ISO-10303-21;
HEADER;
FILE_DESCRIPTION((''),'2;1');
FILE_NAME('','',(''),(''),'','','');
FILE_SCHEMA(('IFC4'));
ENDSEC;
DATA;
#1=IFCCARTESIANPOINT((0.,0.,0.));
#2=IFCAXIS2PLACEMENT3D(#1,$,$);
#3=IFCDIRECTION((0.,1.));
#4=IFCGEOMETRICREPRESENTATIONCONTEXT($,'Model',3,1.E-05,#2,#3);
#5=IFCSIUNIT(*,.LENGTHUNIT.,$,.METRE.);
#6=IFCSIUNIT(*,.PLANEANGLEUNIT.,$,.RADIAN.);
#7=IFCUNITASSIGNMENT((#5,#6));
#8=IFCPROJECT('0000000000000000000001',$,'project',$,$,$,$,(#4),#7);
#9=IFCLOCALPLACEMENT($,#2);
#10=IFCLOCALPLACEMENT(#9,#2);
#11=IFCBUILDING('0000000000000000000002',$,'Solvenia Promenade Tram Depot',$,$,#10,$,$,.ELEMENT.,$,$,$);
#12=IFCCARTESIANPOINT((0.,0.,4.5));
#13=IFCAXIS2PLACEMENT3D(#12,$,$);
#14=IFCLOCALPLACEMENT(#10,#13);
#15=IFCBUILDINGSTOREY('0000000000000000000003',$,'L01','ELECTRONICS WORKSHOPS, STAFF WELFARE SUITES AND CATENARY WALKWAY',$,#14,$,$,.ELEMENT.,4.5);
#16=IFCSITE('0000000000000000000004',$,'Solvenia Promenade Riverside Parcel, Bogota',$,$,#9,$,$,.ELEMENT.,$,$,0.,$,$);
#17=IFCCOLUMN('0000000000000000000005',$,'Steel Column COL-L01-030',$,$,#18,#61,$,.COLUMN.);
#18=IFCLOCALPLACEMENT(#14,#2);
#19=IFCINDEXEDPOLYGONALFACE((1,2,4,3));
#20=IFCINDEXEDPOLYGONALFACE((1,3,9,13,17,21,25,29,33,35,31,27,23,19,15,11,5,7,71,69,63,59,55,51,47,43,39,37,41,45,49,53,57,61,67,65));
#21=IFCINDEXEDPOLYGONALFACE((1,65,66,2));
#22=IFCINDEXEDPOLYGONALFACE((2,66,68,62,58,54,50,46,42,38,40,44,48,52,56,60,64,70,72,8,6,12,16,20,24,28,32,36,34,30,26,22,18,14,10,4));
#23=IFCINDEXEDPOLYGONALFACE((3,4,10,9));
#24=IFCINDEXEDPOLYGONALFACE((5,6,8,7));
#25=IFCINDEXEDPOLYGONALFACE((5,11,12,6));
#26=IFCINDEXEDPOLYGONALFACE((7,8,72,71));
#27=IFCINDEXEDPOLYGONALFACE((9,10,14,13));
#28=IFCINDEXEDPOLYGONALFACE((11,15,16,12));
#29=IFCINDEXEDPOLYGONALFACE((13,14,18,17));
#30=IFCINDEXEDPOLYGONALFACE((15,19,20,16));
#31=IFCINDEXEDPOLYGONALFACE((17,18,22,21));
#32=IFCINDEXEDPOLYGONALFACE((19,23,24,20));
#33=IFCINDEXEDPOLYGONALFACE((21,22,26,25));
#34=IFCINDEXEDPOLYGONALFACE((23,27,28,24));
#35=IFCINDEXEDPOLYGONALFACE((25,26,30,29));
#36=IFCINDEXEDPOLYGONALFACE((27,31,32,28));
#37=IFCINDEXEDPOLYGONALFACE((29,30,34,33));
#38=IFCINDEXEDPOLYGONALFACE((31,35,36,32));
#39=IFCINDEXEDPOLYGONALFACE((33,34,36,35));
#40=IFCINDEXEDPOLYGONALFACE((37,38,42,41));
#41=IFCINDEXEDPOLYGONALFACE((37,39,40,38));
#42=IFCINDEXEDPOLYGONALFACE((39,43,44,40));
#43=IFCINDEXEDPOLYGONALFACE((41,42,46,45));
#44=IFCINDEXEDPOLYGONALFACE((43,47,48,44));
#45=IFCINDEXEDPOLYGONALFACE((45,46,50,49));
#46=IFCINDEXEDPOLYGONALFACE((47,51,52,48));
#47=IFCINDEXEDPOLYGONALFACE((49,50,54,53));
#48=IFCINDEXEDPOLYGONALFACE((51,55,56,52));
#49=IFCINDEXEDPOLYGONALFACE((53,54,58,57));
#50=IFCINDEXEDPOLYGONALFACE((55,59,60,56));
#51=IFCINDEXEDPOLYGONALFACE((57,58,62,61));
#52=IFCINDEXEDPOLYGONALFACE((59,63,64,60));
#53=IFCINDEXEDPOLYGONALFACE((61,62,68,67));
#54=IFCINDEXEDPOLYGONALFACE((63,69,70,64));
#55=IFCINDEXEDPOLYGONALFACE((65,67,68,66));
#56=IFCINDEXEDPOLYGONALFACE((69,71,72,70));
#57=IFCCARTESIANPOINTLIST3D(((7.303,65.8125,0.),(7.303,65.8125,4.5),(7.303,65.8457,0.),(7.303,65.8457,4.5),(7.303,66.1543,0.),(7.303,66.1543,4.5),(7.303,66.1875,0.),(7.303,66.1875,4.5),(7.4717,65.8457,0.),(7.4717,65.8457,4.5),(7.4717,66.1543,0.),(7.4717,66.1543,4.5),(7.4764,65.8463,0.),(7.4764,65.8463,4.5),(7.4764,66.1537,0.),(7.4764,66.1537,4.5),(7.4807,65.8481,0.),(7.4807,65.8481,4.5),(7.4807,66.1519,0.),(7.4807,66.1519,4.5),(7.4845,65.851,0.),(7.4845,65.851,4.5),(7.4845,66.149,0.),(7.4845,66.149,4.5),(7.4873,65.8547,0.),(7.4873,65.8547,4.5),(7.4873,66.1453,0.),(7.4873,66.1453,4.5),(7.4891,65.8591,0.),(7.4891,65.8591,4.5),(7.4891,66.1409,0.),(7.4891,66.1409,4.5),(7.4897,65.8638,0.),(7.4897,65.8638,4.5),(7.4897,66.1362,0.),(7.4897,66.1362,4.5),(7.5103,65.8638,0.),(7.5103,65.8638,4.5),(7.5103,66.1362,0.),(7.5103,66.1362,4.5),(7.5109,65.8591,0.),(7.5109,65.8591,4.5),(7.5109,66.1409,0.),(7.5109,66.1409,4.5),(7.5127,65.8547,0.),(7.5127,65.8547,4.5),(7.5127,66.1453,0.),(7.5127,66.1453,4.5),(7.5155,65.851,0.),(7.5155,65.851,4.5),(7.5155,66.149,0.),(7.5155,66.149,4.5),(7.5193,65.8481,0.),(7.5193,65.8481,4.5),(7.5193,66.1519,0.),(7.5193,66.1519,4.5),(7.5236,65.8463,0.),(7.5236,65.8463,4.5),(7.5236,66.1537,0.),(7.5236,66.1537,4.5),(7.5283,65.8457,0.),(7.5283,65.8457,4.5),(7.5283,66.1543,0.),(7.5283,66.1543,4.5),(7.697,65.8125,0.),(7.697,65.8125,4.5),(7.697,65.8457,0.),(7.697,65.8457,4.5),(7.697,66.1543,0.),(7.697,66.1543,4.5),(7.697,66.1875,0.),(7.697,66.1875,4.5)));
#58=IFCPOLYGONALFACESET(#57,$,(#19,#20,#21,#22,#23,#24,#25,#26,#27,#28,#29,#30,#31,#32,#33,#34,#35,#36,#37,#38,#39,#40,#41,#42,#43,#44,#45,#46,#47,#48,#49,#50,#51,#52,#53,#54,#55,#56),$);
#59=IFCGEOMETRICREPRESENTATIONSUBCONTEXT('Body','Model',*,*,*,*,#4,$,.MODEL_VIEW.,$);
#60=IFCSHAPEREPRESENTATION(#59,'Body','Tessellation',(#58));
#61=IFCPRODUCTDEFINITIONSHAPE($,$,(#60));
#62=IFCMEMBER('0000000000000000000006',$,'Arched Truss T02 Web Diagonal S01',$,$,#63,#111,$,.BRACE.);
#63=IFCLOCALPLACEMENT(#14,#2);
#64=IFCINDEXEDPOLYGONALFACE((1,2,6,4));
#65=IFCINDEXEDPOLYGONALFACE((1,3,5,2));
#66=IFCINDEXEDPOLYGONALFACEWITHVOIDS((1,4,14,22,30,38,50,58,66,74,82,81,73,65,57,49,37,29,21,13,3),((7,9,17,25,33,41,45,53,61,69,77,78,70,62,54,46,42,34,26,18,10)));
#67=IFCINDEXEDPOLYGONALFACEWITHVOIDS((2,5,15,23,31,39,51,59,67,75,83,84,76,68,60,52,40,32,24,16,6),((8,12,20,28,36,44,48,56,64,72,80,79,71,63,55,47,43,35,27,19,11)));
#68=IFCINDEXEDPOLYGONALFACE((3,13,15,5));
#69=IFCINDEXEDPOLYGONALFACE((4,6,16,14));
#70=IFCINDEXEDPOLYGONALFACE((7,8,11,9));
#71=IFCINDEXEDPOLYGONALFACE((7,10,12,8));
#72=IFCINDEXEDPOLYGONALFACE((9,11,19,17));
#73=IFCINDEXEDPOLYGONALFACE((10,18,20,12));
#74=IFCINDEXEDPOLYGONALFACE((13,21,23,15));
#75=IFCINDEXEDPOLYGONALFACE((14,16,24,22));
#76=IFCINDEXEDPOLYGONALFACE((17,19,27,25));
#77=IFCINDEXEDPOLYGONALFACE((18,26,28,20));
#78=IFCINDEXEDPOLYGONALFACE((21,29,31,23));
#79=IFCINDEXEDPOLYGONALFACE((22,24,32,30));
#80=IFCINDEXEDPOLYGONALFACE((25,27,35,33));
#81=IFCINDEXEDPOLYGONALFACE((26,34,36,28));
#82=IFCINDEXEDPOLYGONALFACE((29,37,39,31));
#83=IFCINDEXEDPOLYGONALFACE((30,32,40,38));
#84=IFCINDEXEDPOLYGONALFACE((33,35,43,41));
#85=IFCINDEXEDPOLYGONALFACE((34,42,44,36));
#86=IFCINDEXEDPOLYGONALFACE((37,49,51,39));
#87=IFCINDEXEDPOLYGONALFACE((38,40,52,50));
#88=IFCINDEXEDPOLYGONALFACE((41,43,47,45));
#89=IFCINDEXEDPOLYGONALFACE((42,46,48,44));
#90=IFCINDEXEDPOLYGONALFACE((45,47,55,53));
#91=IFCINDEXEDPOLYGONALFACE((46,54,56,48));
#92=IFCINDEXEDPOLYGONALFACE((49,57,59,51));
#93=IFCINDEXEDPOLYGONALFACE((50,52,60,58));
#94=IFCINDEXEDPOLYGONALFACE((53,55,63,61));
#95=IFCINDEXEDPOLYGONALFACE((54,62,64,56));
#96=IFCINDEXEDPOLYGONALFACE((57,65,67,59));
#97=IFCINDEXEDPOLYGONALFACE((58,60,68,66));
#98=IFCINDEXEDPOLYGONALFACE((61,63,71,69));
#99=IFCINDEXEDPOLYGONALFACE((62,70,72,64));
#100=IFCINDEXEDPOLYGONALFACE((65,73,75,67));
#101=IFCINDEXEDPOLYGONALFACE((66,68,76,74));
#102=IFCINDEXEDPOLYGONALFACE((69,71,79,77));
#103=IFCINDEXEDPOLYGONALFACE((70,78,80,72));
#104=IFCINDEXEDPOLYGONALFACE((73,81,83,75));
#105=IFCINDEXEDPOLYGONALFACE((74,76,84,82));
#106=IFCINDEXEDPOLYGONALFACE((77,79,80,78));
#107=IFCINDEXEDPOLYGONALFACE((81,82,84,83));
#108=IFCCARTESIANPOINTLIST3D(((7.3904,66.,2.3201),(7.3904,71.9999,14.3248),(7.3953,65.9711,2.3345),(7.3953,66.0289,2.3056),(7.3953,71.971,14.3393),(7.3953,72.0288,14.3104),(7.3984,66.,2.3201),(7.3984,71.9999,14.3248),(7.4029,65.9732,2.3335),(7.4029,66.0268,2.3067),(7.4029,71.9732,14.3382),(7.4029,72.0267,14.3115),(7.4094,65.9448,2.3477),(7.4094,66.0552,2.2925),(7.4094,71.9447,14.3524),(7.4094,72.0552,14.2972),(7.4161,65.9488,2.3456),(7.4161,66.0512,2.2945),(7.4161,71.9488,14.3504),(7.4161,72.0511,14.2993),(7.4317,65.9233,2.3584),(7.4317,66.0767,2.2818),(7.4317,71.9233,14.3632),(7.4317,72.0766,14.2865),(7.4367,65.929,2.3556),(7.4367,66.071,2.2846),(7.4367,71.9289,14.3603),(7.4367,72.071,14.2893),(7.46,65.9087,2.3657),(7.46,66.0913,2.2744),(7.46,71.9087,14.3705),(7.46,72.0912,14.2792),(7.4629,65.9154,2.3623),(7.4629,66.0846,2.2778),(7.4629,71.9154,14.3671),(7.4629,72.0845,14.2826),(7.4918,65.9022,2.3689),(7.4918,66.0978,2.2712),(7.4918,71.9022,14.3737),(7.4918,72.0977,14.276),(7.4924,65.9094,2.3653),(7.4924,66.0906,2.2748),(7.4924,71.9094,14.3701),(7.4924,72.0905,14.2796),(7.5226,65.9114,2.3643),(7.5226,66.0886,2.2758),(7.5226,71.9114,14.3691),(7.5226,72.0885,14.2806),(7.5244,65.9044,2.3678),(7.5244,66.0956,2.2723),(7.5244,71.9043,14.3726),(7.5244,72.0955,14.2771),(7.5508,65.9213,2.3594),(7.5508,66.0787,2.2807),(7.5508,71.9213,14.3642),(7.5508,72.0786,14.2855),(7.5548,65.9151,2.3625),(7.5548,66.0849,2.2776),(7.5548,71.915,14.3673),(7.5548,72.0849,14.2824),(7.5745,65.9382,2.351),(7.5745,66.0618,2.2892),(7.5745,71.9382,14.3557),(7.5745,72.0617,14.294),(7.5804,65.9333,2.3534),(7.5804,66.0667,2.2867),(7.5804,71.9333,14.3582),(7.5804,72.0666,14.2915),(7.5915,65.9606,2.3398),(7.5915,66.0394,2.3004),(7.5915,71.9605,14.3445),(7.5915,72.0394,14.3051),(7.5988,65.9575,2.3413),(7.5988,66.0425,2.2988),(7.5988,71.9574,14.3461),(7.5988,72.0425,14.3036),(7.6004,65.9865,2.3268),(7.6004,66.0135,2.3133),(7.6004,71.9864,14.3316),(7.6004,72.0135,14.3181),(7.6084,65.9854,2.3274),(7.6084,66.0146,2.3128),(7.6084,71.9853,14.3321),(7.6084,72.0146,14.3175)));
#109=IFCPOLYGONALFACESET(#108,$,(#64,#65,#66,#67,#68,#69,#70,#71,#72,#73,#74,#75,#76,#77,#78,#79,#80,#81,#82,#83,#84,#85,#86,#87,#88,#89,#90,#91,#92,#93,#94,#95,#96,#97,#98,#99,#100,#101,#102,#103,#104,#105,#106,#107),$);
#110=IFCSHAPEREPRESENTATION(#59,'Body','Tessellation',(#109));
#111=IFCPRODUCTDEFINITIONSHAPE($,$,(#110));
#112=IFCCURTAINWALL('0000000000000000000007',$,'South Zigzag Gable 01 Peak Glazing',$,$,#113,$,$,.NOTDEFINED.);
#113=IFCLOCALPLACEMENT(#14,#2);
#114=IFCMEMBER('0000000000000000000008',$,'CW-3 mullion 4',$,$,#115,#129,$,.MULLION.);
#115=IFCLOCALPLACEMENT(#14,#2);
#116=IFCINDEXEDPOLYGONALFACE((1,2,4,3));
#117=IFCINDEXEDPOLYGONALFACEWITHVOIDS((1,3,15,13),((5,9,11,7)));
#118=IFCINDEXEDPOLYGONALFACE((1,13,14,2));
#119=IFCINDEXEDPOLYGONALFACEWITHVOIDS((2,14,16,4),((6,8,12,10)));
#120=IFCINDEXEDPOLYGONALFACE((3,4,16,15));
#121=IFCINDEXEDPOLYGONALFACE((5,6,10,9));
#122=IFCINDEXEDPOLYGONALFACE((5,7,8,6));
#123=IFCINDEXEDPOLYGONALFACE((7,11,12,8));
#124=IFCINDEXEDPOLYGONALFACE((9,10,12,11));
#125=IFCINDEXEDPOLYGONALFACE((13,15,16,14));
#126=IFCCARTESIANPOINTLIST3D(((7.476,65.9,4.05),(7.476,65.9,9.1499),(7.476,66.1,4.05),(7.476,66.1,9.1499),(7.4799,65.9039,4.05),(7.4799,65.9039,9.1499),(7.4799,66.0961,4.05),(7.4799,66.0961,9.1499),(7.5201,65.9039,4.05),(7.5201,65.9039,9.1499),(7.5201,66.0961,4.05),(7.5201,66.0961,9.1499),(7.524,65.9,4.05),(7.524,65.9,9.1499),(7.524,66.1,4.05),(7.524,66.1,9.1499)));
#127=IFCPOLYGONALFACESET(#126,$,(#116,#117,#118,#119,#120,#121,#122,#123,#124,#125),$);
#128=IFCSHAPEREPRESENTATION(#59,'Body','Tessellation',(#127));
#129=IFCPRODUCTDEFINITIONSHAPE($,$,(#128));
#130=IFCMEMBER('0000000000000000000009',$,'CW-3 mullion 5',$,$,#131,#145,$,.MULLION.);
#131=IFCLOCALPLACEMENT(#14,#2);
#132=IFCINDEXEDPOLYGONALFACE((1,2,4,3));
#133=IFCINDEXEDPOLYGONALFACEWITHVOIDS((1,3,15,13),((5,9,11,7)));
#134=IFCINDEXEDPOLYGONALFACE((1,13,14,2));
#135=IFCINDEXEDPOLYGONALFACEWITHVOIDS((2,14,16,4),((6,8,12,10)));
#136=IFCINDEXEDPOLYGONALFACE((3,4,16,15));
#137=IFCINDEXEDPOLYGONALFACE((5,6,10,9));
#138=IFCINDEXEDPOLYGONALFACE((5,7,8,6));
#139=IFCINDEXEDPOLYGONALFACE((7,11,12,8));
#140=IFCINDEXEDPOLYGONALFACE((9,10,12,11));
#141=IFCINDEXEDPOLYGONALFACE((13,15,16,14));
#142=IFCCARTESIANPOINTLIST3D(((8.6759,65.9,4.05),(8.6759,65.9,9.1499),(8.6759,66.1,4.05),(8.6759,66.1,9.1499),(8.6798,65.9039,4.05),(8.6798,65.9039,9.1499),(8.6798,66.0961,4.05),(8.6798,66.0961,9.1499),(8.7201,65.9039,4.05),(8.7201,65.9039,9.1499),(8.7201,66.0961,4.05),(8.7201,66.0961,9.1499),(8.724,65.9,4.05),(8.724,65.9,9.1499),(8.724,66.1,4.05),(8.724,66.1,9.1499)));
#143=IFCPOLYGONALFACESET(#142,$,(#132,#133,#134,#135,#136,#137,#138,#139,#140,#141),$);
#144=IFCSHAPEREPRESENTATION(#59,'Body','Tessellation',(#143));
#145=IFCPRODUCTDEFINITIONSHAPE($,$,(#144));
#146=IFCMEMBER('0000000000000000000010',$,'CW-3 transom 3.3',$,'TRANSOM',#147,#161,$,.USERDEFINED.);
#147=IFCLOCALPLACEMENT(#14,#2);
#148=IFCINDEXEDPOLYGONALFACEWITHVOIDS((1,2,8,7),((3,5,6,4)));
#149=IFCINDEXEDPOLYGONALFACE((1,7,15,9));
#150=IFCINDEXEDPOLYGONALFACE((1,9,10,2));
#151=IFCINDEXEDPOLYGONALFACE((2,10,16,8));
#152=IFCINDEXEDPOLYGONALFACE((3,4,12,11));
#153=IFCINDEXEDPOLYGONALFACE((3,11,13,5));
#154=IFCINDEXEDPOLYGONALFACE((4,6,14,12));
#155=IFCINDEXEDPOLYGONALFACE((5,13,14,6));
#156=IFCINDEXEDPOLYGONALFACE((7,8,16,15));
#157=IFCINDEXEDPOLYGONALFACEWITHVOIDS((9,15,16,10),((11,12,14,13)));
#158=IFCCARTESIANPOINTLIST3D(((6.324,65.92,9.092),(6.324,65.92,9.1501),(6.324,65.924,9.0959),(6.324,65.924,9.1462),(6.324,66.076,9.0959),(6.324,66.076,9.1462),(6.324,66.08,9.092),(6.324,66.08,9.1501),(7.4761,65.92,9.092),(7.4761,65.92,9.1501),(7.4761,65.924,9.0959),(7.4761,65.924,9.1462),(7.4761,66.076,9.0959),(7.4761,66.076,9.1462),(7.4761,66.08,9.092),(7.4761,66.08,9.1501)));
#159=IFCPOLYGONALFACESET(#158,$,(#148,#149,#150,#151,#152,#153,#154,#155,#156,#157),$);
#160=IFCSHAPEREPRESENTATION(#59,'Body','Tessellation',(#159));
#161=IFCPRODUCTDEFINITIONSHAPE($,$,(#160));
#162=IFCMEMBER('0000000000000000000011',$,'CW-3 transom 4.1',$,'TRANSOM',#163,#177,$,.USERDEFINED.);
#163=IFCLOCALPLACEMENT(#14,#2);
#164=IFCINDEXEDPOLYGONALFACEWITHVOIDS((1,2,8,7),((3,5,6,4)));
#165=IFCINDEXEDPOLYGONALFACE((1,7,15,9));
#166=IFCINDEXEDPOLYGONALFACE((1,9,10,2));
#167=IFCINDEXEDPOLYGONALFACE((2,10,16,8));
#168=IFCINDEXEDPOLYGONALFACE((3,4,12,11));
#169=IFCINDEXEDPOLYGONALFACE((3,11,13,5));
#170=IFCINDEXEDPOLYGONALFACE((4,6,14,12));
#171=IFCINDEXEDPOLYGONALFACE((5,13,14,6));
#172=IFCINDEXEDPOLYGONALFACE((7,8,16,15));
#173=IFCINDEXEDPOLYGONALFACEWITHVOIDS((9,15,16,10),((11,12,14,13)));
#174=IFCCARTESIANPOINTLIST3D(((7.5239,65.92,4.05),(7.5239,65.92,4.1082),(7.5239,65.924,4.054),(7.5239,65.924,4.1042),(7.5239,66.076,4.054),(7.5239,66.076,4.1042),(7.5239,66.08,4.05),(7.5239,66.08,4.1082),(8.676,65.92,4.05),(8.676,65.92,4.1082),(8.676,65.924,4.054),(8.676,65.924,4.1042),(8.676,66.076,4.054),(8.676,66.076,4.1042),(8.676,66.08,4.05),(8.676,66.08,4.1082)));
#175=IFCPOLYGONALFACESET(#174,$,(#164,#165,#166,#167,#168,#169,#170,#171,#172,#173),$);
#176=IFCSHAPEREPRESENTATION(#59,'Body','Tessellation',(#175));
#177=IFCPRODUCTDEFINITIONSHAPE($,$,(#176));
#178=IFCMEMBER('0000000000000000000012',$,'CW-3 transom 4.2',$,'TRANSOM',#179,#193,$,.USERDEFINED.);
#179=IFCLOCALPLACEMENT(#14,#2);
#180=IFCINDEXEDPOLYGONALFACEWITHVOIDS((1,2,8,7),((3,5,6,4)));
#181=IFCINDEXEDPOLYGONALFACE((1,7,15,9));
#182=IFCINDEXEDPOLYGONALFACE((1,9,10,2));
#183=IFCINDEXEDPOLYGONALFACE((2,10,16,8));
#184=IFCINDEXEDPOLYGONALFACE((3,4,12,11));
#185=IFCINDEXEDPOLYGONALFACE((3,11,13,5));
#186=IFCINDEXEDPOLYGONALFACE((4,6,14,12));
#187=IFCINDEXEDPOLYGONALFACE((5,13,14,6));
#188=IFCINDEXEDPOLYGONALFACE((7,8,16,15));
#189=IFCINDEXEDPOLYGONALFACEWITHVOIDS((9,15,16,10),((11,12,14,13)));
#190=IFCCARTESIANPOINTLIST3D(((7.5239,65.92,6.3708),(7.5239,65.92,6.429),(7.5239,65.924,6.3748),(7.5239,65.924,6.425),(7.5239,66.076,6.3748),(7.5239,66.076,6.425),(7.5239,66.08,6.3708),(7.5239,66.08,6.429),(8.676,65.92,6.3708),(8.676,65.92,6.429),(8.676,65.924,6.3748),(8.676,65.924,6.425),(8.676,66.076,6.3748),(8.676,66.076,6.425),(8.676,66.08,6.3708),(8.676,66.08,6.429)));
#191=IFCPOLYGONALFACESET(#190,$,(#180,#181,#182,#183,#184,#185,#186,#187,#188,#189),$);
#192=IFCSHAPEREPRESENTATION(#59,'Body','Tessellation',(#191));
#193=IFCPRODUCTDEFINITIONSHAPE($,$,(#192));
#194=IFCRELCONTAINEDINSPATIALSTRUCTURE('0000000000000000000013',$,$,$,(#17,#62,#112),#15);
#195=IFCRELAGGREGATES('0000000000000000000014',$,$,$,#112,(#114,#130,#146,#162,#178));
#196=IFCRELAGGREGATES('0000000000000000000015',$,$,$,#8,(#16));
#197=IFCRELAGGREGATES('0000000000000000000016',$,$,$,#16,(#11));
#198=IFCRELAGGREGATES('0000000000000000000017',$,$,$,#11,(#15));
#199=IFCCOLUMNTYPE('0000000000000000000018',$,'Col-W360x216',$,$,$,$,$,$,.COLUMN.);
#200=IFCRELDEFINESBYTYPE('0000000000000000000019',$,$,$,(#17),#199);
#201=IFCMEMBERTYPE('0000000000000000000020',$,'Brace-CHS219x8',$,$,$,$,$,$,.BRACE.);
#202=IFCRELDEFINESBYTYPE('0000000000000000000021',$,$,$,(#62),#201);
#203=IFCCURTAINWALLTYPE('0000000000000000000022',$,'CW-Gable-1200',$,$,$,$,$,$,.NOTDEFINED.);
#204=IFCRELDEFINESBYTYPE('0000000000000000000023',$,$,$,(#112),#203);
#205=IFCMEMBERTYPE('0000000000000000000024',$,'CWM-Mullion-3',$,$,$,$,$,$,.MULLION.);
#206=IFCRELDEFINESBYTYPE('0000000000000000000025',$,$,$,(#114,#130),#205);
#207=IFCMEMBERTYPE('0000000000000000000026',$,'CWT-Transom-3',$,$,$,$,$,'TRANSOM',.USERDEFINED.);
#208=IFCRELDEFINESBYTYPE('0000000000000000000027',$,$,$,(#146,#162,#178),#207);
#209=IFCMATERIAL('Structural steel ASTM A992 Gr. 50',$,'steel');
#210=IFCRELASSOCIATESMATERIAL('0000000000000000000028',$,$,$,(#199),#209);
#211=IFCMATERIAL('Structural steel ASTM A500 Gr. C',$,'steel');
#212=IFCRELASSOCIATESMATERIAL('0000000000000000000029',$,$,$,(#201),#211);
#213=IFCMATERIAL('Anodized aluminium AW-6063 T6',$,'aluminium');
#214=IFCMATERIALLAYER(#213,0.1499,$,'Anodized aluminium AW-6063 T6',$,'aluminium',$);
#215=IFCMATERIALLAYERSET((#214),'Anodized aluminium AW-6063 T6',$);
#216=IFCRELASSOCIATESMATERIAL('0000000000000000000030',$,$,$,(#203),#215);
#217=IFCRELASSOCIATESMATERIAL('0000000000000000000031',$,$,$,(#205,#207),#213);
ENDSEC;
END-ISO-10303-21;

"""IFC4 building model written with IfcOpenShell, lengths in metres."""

from ifc_helpers import new_model, si_unit, direction, frame, origin, origin_2d, place, context, subcontext, project, spatial, hollow_rectangle, hollow_circle, i_section, extrude, material, layer, layer_set, material_profile, profile_set, type_object, element, aggregate, save


model = new_model("IFC4")

# Units and contexts
model_context = context("Model", 3, precision=1e-05, world=origin(), true_north=direction((0.0, 1.0)))
body_context = subcontext(model_context, "Body", "Model", "MODEL_VIEW")
ifc_project = project(units=[si_unit("LENGTHUNIT", "METRE"), si_unit("PLANEANGLEUNIT", "RADIAN")], contexts=[model_context])

# Site, building, storey
site_placement = place(None, origin())
site = spatial("IfcSite", under=ifc_project, at=site_placement, Name="Solvenia Promenade Riverside Parcel, Bogota", CompositionType="ELEMENT", RefElevation=0.0)
building_placement = place(site_placement, origin())
building = spatial("IfcBuilding", under=site, at=building_placement, Name="Solvenia Promenade Tram Depot", CompositionType="ELEMENT")
storey_placement = place(building_placement, frame((0.0, 0.0, 4.5)))
storey = spatial("IfcBuildingStorey", under=building, at=storey_placement, Name="L01", Description="ELECTRONICS WORKSHOPS, STAFF WELFARE SUITES AND CATENARY WALKWAY", CompositionType="ELEMENT", Elevation=4.5)

# Column
ifc_material_1 = material(Name="Structural steel ASTM A992 Gr. 50", Category="steel")
ifc_material_profile_1 = material_profile(ifc_material_1, i_section(OverallWidth=0.394, OverallDepth=0.375, WebThickness=0.0205, FlangeThickness=0.0332, FilletRadius=0.0181, at=origin_2d()), Name="W360x216", Category="steel")
ifc_profile_set_1 = profile_set([ifc_material_profile_1], Name="Structural steel ASTM A992 Gr. 50")
column_type = type_object("IfcColumnType", Name="Col-W360x216", PredefinedType="COLUMN", material=ifc_profile_set_1)
column_placement = place(storey_placement, frame((7.5, 66.0, 0.0), z_axis=(0.0, 0.0, 1.0), x_axis=(1.0, 0.0, 0.0)))
element("IfcColumn", 1, at=column_placement, inside=storey, type_object=column_type, Name="Steel Column COL-L01-030", PredefinedType="COLUMN", context=body_context, shape_type="SweptSolid", body=[
    extrude(i_section(OverallWidth=0.394, OverallDepth=0.375, WebThickness=0.0205, FlangeThickness=0.0332, FilletRadius=0.0181, at=origin_2d()), origin(), (0.0, 0.0, 1.0), 4.5),
])

# Member
ifc_material_2 = material(Name="Structural steel ASTM A500 Gr. C", Category="steel")
ifc_material_profile_2 = material_profile(ifc_material_2, hollow_circle(Radius=0.1096, WallThickness=0.0081, at=origin_2d()), Name="CHS219.1x8", Category="steel")
ifc_profile_set_2 = profile_set([ifc_material_profile_2], Name="Structural steel ASTM A500 Gr. C")
member_type_1 = type_object("IfcMemberType", Name="Brace-CHS219x8", PredefinedType="BRACE", material=ifc_profile_set_2)
member_1_placement = place(storey_placement, frame((7.5, 66.0, 2.3201), z_axis=(0.0, 0.447068, 0.8945), x_axis=(-1.0, 0.0, 0.0)))
element("IfcMember", 2, at=member_1_placement, inside=storey, type_object=member_type_1, Name="Arched Truss T02 Web Diagonal S01", PredefinedType="BRACE", context=body_context, shape_type="SweptSolid", body=[
    extrude(hollow_circle(Radius=0.1096, WallThickness=0.0081, at=origin_2d()), origin(), (0.0, 0.0, 1.0), 13.4207),
])

# Curtain wall, members
ifc_material_3 = material(Name="Anodized aluminium AW-6063 T6", Category="aluminium")
ifc_layer_1 = layer(ifc_material_3, 0.1499, Name="Anodized aluminium AW-6063 T6", Category="aluminium")
ifc_layer_set_1 = layer_set([ifc_layer_1], Name="Anodized aluminium AW-6063 T6")
curtain_wall_type = type_object("IfcCurtainWallType", Name="CW-Gable-1200", PredefinedType="NOTDEFINED", material=ifc_layer_set_1)
curtain_wall_placement = place(storey_placement, origin())
curtain_wall = element("IfcCurtainWall", 3, at=curtain_wall_placement, inside=storey, type_object=curtain_wall_type, Name="South Zigzag Gable 01 Peak Glazing", PredefinedType="NOTDEFINED")
ifc_material_profile_3 = material_profile(ifc_material_3, hollow_rectangle(XDim=0.2, YDim=0.0481, WallThickness=0.0039, at=origin_2d()), Name="ALU-M3", Category="aluminium")
ifc_profile_set_3 = profile_set([ifc_material_profile_3], Name="Anodized aluminium AW-6063 T6")
member_type_2 = type_object("IfcMemberType", Name="CWM-Mullion-3", PredefinedType="MULLION", material=ifc_profile_set_3)
member_2_placement = place(storey_placement, frame((7.5, 66.0, 4.05), z_axis=(0.0, 0.0, 1.0), x_axis=(0.0, 1.0, 0.0)))
member_2 = element("IfcMember", 4, at=member_2_placement, type_object=member_type_2, Name="CW-3 mullion 4", PredefinedType="MULLION", context=body_context, shape_type="SweptSolid", body=[
    extrude(hollow_rectangle(XDim=0.2, YDim=0.0481, WallThickness=0.0039, at=origin_2d()), origin(), (0.0, 0.0, 1.0), 5.0999),
])
member_3_placement = place(storey_placement, frame((8.7, 66.0, 4.05), z_axis=(0.0, 0.0, 1.0), x_axis=(0.0, 1.0, 0.0)))
member_3 = element("IfcMember", 5, at=member_3_placement, type_object=member_type_2, Name="CW-3 mullion 5", PredefinedType="MULLION", context=body_context, shape_type="SweptSolid", body=[
    extrude(hollow_rectangle(XDim=0.2, YDim=0.0481, WallThickness=0.0039, at=origin_2d()), origin(), (0.0, 0.0, 1.0), 5.0999),
])
ifc_material_profile_4 = material_profile(ifc_material_3, hollow_rectangle(XDim=0.1599, YDim=0.0581, WallThickness=0.0039, at=origin_2d()), Name="ALU-T3", Category="aluminium")
ifc_profile_set_4 = profile_set([ifc_material_profile_4], Name="Anodized aluminium AW-6063 T6")
member_type_3 = type_object("IfcMemberType", Name="CWT-Transom-3", ElementType="TRANSOM", PredefinedType="USERDEFINED", material=ifc_profile_set_4)
member_4_placement = place(storey_placement, frame((6.324, 66.0, 9.1211), z_axis=(1.0, 0.0, 0.0), x_axis=(0.0, 1.0, 0.0)))
member_4 = element("IfcMember", 6, at=member_4_placement, type_object=member_type_3, Name="CW-3 transom 3.3", ObjectType="TRANSOM", PredefinedType="USERDEFINED", context=body_context, shape_type="SweptSolid", body=[
    extrude(hollow_rectangle(XDim=0.1599, YDim=0.0581, WallThickness=0.0039, at=origin_2d()), origin(), (0.0, 0.0, 1.0), 1.1521),
])
member_5_placement = place(storey_placement, frame((7.5239, 66.0, 4.0791), z_axis=(1.0, 0.0, 0.0), x_axis=(0.0, 1.0, 0.0)))
member_5 = element("IfcMember", 7, at=member_5_placement, type_object=member_type_3, Name="CW-3 transom 4.1", ObjectType="TRANSOM", PredefinedType="USERDEFINED", context=body_context, shape_type="SweptSolid", body=[
    extrude(hollow_rectangle(XDim=0.1599, YDim=0.0581, WallThickness=0.0039, at=origin_2d()), origin(), (0.0, 0.0, 1.0), 1.1521),
])
member_6_placement = place(storey_placement, frame((7.5239, 66.0, 6.3999), z_axis=(1.0, 0.0, 0.0), x_axis=(0.0, 1.0, 0.0)))
member_6 = element("IfcMember", 8, at=member_6_placement, type_object=member_type_3, Name="CW-3 transom 4.2", ObjectType="TRANSOM", PredefinedType="USERDEFINED", context=body_context, shape_type="SweptSolid", body=[
    extrude(hollow_rectangle(XDim=0.1599, YDim=0.0581, WallThickness=0.0039, at=origin_2d()), origin(), (0.0, 0.0, 1.0), 1.1521),
])

aggregate(curtain_wall, [member_2, member_3, member_4, member_5, member_6])

save(model, "model.ifc")
